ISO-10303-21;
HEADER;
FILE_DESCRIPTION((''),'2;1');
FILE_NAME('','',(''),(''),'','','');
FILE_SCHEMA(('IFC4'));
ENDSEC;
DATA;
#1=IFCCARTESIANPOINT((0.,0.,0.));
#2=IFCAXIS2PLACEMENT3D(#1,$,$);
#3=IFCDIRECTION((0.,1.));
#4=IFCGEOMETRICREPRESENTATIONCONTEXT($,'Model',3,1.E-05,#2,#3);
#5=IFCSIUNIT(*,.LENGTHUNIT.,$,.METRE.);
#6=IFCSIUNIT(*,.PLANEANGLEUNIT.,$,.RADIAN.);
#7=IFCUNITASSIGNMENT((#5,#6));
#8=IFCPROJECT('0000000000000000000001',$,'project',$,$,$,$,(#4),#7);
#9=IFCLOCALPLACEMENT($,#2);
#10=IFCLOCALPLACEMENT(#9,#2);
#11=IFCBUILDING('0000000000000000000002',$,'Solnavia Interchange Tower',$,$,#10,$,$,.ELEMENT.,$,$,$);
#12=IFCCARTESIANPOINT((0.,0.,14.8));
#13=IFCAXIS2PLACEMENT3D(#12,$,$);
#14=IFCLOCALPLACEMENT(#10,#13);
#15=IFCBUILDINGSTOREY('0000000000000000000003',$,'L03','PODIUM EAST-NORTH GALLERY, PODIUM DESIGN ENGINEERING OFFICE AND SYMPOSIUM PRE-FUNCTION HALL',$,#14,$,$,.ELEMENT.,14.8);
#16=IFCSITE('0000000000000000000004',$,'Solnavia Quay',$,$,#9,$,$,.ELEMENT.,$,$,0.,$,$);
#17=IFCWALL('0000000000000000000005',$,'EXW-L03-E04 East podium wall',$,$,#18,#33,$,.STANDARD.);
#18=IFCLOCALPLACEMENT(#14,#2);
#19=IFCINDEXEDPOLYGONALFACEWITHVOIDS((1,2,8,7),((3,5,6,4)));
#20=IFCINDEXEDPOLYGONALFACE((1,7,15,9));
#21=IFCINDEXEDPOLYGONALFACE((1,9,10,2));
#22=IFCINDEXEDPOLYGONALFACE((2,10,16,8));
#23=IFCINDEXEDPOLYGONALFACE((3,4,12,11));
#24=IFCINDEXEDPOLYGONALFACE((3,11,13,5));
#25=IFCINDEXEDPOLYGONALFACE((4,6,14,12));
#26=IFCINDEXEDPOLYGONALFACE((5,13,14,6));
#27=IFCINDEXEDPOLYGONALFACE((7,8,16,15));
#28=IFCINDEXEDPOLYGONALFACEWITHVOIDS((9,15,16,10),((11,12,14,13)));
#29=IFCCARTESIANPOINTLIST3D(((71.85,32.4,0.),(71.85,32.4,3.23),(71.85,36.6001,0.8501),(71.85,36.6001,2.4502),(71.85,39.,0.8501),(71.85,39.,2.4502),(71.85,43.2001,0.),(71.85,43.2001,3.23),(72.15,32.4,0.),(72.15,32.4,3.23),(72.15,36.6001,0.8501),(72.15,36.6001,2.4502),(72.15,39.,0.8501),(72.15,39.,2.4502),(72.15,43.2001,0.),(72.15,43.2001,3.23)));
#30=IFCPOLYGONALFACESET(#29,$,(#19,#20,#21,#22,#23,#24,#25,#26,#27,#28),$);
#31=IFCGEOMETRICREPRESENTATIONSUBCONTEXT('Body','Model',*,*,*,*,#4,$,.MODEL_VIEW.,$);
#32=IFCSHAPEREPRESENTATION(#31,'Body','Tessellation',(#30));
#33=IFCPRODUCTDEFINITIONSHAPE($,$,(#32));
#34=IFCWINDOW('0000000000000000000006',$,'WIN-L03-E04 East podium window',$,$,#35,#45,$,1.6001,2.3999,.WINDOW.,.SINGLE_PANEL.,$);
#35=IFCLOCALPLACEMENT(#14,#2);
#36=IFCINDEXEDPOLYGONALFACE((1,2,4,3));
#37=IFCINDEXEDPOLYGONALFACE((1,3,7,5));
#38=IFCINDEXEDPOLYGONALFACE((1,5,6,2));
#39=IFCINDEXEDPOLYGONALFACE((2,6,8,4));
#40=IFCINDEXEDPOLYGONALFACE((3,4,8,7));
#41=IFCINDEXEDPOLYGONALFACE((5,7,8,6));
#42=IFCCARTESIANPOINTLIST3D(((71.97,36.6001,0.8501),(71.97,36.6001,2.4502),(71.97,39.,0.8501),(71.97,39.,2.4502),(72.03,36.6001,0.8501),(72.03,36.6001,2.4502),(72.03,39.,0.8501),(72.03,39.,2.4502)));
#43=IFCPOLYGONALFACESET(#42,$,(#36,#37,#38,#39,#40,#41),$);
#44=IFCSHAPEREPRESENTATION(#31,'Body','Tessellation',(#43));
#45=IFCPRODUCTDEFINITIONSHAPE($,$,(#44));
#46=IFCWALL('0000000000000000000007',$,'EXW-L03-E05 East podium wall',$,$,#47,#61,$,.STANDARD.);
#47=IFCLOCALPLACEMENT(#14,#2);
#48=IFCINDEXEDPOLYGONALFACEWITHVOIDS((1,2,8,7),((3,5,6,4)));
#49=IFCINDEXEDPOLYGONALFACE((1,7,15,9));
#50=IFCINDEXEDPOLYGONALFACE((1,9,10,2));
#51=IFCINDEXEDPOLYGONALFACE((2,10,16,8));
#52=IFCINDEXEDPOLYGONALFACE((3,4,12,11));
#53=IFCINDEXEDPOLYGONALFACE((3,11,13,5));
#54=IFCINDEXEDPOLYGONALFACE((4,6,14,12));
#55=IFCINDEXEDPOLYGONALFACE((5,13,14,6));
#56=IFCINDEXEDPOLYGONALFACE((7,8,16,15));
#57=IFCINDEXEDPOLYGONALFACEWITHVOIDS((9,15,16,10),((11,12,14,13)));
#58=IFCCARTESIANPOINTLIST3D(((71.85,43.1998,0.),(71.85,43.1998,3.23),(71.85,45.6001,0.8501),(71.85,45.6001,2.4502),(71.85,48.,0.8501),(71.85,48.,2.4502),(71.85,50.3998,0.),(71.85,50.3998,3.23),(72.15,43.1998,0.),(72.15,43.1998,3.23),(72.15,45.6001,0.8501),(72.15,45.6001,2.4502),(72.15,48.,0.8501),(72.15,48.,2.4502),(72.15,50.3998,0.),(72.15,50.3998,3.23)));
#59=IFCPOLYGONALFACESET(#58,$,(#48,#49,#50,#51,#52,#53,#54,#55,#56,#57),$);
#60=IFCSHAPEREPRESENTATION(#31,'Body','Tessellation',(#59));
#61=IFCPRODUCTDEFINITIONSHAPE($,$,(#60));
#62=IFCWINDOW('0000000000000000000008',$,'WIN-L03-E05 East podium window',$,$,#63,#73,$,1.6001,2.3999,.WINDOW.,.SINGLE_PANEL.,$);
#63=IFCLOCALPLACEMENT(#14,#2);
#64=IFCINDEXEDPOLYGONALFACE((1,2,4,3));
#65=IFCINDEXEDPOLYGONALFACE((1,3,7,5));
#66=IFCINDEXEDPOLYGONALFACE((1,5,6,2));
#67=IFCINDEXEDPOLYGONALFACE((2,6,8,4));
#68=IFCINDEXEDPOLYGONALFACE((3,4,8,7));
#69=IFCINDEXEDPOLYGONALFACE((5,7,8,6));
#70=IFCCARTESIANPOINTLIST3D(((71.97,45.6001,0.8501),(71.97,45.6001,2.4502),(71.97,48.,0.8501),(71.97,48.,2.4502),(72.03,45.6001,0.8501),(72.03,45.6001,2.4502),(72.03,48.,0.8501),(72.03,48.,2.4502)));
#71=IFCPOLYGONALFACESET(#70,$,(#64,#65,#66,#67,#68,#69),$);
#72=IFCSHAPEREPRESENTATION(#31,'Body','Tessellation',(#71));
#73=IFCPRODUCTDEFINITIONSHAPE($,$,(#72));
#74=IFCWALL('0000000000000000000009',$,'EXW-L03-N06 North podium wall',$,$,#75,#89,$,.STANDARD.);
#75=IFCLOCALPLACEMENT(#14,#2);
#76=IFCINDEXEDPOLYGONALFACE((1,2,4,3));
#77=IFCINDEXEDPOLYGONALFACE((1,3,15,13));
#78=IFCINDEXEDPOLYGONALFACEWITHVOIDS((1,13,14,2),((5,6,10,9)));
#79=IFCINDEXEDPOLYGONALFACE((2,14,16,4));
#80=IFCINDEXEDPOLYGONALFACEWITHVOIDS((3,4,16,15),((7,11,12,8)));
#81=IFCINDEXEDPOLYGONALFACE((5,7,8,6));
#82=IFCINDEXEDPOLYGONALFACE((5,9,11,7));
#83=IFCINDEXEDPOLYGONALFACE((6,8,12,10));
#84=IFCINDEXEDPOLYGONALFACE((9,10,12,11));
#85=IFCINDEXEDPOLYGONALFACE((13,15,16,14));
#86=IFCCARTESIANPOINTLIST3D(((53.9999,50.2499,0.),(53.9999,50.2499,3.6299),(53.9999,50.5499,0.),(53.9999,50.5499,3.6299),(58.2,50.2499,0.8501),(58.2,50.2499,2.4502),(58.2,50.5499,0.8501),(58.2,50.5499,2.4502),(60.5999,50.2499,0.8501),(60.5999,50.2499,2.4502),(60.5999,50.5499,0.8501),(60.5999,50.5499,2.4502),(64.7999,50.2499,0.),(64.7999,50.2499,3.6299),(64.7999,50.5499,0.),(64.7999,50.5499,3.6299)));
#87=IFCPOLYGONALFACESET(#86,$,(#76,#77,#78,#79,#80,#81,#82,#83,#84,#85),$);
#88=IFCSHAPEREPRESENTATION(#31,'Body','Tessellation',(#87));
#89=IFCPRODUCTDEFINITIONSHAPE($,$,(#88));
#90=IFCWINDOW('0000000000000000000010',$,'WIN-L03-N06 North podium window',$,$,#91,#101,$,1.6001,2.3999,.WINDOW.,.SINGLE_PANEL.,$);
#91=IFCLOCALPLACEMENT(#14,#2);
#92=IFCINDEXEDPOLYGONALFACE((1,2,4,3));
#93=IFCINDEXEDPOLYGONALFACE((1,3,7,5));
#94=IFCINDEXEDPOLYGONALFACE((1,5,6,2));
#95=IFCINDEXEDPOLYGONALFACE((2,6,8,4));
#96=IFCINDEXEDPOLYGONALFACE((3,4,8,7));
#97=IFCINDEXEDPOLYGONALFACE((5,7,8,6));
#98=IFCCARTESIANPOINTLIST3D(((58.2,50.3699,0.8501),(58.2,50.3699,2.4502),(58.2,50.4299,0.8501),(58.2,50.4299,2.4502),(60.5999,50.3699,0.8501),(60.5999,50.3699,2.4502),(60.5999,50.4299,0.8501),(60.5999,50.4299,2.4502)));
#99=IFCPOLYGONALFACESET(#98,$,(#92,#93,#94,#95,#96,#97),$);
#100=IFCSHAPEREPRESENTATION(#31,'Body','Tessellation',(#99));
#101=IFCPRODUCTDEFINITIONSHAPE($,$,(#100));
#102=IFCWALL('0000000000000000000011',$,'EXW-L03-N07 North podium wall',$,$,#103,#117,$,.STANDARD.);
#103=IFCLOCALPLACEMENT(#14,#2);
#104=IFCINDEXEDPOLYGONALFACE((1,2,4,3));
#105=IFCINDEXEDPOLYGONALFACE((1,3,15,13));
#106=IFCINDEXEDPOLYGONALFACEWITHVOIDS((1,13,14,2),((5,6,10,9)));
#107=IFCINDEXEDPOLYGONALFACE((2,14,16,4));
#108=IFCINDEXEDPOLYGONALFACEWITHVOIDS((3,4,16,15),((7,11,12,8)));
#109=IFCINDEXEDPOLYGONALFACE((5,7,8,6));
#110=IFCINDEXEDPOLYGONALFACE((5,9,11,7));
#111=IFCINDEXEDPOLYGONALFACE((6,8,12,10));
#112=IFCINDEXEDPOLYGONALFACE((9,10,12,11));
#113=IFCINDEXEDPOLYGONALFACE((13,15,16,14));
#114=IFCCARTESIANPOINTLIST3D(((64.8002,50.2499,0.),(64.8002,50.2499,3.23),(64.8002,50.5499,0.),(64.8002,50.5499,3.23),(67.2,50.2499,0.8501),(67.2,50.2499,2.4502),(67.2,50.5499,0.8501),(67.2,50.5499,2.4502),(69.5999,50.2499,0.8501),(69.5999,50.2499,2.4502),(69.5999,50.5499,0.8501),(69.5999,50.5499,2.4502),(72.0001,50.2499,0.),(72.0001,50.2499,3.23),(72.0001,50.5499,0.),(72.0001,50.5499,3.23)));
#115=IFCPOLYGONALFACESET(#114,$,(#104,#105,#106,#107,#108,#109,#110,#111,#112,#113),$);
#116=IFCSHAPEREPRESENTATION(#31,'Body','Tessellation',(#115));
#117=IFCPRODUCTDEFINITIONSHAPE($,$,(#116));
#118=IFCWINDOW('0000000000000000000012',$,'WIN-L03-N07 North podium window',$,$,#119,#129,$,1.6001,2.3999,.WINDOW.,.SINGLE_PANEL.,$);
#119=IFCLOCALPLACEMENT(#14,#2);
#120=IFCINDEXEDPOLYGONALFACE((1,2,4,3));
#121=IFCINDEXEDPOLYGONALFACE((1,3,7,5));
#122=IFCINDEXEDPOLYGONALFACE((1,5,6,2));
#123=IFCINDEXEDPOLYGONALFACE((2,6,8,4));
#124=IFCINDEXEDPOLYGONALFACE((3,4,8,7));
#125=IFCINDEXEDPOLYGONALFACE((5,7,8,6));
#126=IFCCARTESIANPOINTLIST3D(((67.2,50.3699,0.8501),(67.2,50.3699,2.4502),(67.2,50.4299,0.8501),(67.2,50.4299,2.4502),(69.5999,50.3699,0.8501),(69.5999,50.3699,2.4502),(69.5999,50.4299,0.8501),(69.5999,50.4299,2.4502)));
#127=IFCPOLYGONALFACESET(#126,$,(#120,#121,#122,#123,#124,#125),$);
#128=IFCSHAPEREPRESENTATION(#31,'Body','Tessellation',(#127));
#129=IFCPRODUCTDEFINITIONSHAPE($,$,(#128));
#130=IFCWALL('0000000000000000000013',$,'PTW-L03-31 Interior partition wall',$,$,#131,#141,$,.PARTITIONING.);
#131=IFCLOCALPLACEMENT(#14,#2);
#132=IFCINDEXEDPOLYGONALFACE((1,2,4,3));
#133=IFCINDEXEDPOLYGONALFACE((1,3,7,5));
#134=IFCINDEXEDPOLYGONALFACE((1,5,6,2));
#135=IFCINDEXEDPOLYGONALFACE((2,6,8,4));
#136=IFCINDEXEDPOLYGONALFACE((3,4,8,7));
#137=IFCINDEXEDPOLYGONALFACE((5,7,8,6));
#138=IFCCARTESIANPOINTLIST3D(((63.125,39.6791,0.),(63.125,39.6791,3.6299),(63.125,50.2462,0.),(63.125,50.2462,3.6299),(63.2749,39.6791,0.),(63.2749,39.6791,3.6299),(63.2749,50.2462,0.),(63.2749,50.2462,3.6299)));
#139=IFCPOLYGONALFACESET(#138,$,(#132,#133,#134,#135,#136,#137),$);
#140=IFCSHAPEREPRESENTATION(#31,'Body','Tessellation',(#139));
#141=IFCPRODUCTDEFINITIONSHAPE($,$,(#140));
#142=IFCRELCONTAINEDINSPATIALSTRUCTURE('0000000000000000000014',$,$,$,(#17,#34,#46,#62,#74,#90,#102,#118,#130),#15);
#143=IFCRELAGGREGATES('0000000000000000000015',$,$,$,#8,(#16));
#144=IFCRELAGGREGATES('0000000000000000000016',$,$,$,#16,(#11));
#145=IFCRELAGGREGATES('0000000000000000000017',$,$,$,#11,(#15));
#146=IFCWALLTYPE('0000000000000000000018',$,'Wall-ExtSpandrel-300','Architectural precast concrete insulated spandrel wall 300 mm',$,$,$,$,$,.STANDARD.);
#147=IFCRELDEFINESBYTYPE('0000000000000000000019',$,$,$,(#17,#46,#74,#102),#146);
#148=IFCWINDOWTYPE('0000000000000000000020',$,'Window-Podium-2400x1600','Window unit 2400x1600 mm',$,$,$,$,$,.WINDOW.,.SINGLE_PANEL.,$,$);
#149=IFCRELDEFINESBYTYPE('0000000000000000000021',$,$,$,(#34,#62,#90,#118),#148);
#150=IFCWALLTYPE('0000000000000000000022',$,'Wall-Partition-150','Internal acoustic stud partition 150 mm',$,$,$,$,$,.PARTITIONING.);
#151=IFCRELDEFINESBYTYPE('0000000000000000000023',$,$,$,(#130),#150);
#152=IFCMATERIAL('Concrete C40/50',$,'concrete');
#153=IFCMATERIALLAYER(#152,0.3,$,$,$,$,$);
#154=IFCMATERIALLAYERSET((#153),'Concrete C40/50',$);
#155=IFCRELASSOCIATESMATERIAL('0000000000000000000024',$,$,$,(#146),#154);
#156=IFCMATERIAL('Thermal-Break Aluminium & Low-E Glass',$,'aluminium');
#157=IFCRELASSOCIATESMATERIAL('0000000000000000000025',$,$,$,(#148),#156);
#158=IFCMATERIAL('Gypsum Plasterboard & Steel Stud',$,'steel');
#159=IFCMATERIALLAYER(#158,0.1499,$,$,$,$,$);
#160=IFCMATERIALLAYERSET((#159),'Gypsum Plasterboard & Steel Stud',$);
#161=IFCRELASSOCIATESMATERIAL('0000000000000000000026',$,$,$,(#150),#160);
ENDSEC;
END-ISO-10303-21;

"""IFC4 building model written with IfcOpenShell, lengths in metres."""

from ifc_helpers import new_model, si_unit, direction, frame, frame_2d, origin, place, context, subcontext, project, spatial, rectangle, extrude, material, layer, layer_set, type_object, element, fill, save


model = new_model("IFC4")

# Units and contexts
model_context = context("Model", 3, precision=1e-05, world=origin(), true_north=direction((0.0, 1.0)))
body_context = subcontext(model_context, "Body", "Model", "MODEL_VIEW")
ifc_project = project(units=[si_unit("LENGTHUNIT", "METRE"), si_unit("PLANEANGLEUNIT", "RADIAN")], contexts=[model_context])

# Site, building, storey
site_placement = place(None, origin())
site = spatial("IfcSite", under=ifc_project, at=site_placement, Name="Solnavia Quay", CompositionType="ELEMENT", RefElevation=0.0)
building_placement = place(site_placement, origin())
building = spatial("IfcBuilding", under=site, at=building_placement, Name="Solnavia Interchange Tower", CompositionType="ELEMENT")
storey_placement = place(building_placement, frame((0.0, 0.0, 14.8)))
storey = spatial("IfcBuildingStorey", under=building, at=storey_placement, Name="L03", Description="PODIUM EAST-NORTH GALLERY, PODIUM DESIGN ENGINEERING OFFICE AND SYMPOSIUM PRE-FUNCTION HALL", CompositionType="ELEMENT", Elevation=14.8)

# Walls, openings, windows
ifc_material_1 = material(Name="Concrete C40/50", Category="concrete")
ifc_layer_1 = layer(ifc_material_1, 0.3)
ifc_layer_set_1 = layer_set([ifc_layer_1], Name="Concrete C40/50")
wall_type_1 = type_object("IfcWallType", Name="Wall-ExtSpandrel-300", Description="Architectural precast concrete insulated spandrel wall 300 mm", PredefinedType="STANDARD", material=ifc_layer_set_1)
wall_1_placement = place(storey_placement, frame((72.0, 43.2, 0.0), z_axis=(0.0, 0.0, 1.0), x_axis=(0.0, -1.0, 0.0)))
wall_1 = element("IfcWall", 1, at=wall_1_placement, inside=storey, type_object=wall_type_1, Name="EXW-L03-E04 East podium wall", PredefinedType="STANDARD", context=body_context, shape_type="SweptSolid", body=[
    extrude(rectangle(XDim=10.8, YDim=0.3, at=frame_2d((5.3999, 0.0))), origin(), (0.0, 0.0, 1.0), 3.23),
])
opening_1_placement = place(wall_1_placement, frame((4.2, 0.0, 0.8501)))
opening_1 = element("IfcOpeningElement", 2, at=opening_1_placement, cuts=wall_1, PredefinedType="OPENING", context=body_context, shape_type="SweptSolid", body=[
    extrude(rectangle(XDim=2.3999, YDim=1.6001, at=frame_2d((1.2, 0.8))), frame((0.0, 0.1602, 0.0), z_axis=(0.0, -1.0, 0.0), x_axis=(1.0, 0.0, 0.0)), (0.0, 0.0, 1.0), 0.3201),
])
ifc_material_2 = material(Name="Thermal-Break Aluminium & Low-E Glass", Category="aluminium")
window_type = type_object("IfcWindowType", Name="Window-Podium-2400x1600", Description="Window unit 2400x1600 mm", PartitioningType="SINGLE_PANEL", PredefinedType="WINDOW", material=ifc_material_2)
window_1_placement = place(opening_1_placement, origin())
window_1 = element("IfcWindow", 3, at=window_1_placement, inside=storey, type_object=window_type, Name="WIN-L03-E04 East podium window", OverallHeight=1.6001, OverallWidth=2.3999, PartitioningType="SINGLE_PANEL", PredefinedType="WINDOW", context=body_context, shape_type="SweptSolid", body=[
    extrude(rectangle(XDim=2.3999, YDim=1.6001, at=frame_2d((1.2, 0.8))), frame((0.0, 0.03, 0.0), z_axis=(0.0, -1.0, 0.0), x_axis=(1.0, 0.0, 0.0)), (0.0, 0.0, 1.0), 0.0601),
])
fill(opening_1, window_1)
wall_2_placement = place(storey_placement, frame((72.0, 50.3999, 0.0), z_axis=(0.0, 0.0, 1.0), x_axis=(0.0, -1.0, 0.0)))
wall_2 = element("IfcWall", 4, at=wall_2_placement, inside=storey, type_object=wall_type_1, Name="EXW-L03-E05 East podium wall", PredefinedType="STANDARD", context=body_context, shape_type="SweptSolid", body=[
    extrude(rectangle(XDim=7.2, YDim=0.3, at=frame_2d((3.6001, 0.0))), origin(), (0.0, 0.0, 1.0), 3.23),
])
opening_2_placement = place(wall_2_placement, frame((2.3999, 0.0, 0.8501)))
opening_2 = element("IfcOpeningElement", 5, at=opening_2_placement, cuts=wall_2, PredefinedType="OPENING", context=body_context, shape_type="SweptSolid", body=[
    extrude(rectangle(XDim=2.3999, YDim=1.6001, at=frame_2d((1.2, 0.8))), frame((0.0, 0.1602, 0.0), z_axis=(0.0, -1.0, 0.0), x_axis=(1.0, 0.0, 0.0)), (0.0, 0.0, 1.0), 0.3201),
])
window_2_placement = place(opening_2_placement, origin())
window_2 = element("IfcWindow", 6, at=window_2_placement, inside=storey, type_object=window_type, Name="WIN-L03-E05 East podium window", OverallHeight=1.6001, OverallWidth=2.3999, PartitioningType="SINGLE_PANEL", PredefinedType="WINDOW", context=body_context, shape_type="SweptSolid", body=[
    extrude(rectangle(XDim=2.3999, YDim=1.6001, at=frame_2d((1.2, 0.8))), frame((0.0, 0.03, 0.0), z_axis=(0.0, -1.0, 0.0), x_axis=(1.0, 0.0, 0.0)), (0.0, 0.0, 1.0), 0.0601),
])
fill(opening_2, window_2)
wall_3_placement = place(storey_placement, frame((54.0, 50.3999, 0.0), z_axis=(0.0, 0.0, 1.0), x_axis=(1.0, 0.0, 0.0)))
wall_3 = element("IfcWall", 7, at=wall_3_placement, inside=storey, type_object=wall_type_1, Name="EXW-L03-N06 North podium wall", PredefinedType="STANDARD", context=body_context, shape_type="SweptSolid", body=[
    extrude(rectangle(XDim=10.8, YDim=0.3, at=frame_2d((5.3999, 0.0))), origin(), (0.0, 0.0, 1.0), 3.6299),
])
opening_3_placement = place(wall_3_placement, frame((4.2, 0.0, 0.8501)))
opening_3 = element("IfcOpeningElement", 8, at=opening_3_placement, cuts=wall_3, PredefinedType="OPENING", context=body_context, shape_type="SweptSolid", body=[
    extrude(rectangle(XDim=2.3999, YDim=1.6001, at=frame_2d((1.2, 0.8))), frame((0.0, 0.1602, 0.0), z_axis=(0.0, -1.0, 0.0), x_axis=(1.0, 0.0, 0.0)), (0.0, 0.0, 1.0), 0.3201),
])
window_3_placement = place(opening_3_placement, origin())
window_3 = element("IfcWindow", 9, at=window_3_placement, inside=storey, type_object=window_type, Name="WIN-L03-N06 North podium window", OverallHeight=1.6001, OverallWidth=2.3999, PartitioningType="SINGLE_PANEL", PredefinedType="WINDOW", context=body_context, shape_type="SweptSolid", body=[
    extrude(rectangle(XDim=2.3999, YDim=1.6001, at=frame_2d((1.2, 0.8))), frame((0.0, 0.03, 0.0), z_axis=(0.0, -1.0, 0.0), x_axis=(1.0, 0.0, 0.0)), (0.0, 0.0, 1.0), 0.0601),
])
fill(opening_3, window_3)
wall_4_placement = place(storey_placement, frame((64.8, 50.3999, 0.0), z_axis=(0.0, 0.0, 1.0), x_axis=(1.0, 0.0, 0.0)))
wall_4 = element("IfcWall", 10, at=wall_4_placement, inside=storey, type_object=wall_type_1, Name="EXW-L03-N07 North podium wall", PredefinedType="STANDARD", context=body_context, shape_type="SweptSolid", body=[
    extrude(rectangle(XDim=7.2, YDim=0.3, at=frame_2d((3.6001, 0.0))), origin(), (0.0, 0.0, 1.0), 3.23),
])
opening_4_placement = place(wall_4_placement, frame((2.3999, 0.0, 0.8501)))
opening_4 = element("IfcOpeningElement", 11, at=opening_4_placement, cuts=wall_4, PredefinedType="OPENING", context=body_context, shape_type="SweptSolid", body=[
    extrude(rectangle(XDim=2.3999, YDim=1.6001, at=frame_2d((1.2, 0.8))), frame((0.0, 0.1602, 0.0), z_axis=(0.0, -1.0, 0.0), x_axis=(1.0, 0.0, 0.0)), (0.0, 0.0, 1.0), 0.3201),
])
window_4_placement = place(opening_4_placement, origin())
window_4 = element("IfcWindow", 12, at=window_4_placement, inside=storey, type_object=window_type, Name="WIN-L03-N07 North podium window", OverallHeight=1.6001, OverallWidth=2.3999, PartitioningType="SINGLE_PANEL", PredefinedType="WINDOW", context=body_context, shape_type="SweptSolid", body=[
    extrude(rectangle(XDim=2.3999, YDim=1.6001, at=frame_2d((1.2, 0.8))), frame((0.0, 0.03, 0.0), z_axis=(0.0, -1.0, 0.0), x_axis=(1.0, 0.0, 0.0)), (0.0, 0.0, 1.0), 0.0601),
])
fill(opening_4, window_4)

# Wall
ifc_material_3 = material(Name="Gypsum Plasterboard & Steel Stud", Category="steel")
ifc_layer_2 = layer(ifc_material_3, 0.1499)
ifc_layer_set_2 = layer_set([ifc_layer_2], Name="Gypsum Plasterboard & Steel Stud")
wall_type_2 = type_object("IfcWallType", Name="Wall-Partition-150", Description="Internal acoustic stud partition 150 mm", PredefinedType="PARTITIONING", material=ifc_layer_set_2)
wall_5_placement = place(storey_placement, frame((63.2, 39.679, 0.0), z_axis=(0.0, 0.0, 1.0), x_axis=(0.0, 1.0, 0.0)))
element("IfcWall", 13, at=wall_5_placement, inside=storey, type_object=wall_type_2, Name="PTW-L03-31 Interior partition wall", PredefinedType="PARTITIONING", context=body_context, shape_type="SweptSolid", body=[
    extrude(rectangle(XDim=10.5671, YDim=0.1499, at=frame_2d((5.2837, 0.0))), origin(), (0.0, 0.0, 1.0), 3.6299),
])

save(model, "model.ifc")
